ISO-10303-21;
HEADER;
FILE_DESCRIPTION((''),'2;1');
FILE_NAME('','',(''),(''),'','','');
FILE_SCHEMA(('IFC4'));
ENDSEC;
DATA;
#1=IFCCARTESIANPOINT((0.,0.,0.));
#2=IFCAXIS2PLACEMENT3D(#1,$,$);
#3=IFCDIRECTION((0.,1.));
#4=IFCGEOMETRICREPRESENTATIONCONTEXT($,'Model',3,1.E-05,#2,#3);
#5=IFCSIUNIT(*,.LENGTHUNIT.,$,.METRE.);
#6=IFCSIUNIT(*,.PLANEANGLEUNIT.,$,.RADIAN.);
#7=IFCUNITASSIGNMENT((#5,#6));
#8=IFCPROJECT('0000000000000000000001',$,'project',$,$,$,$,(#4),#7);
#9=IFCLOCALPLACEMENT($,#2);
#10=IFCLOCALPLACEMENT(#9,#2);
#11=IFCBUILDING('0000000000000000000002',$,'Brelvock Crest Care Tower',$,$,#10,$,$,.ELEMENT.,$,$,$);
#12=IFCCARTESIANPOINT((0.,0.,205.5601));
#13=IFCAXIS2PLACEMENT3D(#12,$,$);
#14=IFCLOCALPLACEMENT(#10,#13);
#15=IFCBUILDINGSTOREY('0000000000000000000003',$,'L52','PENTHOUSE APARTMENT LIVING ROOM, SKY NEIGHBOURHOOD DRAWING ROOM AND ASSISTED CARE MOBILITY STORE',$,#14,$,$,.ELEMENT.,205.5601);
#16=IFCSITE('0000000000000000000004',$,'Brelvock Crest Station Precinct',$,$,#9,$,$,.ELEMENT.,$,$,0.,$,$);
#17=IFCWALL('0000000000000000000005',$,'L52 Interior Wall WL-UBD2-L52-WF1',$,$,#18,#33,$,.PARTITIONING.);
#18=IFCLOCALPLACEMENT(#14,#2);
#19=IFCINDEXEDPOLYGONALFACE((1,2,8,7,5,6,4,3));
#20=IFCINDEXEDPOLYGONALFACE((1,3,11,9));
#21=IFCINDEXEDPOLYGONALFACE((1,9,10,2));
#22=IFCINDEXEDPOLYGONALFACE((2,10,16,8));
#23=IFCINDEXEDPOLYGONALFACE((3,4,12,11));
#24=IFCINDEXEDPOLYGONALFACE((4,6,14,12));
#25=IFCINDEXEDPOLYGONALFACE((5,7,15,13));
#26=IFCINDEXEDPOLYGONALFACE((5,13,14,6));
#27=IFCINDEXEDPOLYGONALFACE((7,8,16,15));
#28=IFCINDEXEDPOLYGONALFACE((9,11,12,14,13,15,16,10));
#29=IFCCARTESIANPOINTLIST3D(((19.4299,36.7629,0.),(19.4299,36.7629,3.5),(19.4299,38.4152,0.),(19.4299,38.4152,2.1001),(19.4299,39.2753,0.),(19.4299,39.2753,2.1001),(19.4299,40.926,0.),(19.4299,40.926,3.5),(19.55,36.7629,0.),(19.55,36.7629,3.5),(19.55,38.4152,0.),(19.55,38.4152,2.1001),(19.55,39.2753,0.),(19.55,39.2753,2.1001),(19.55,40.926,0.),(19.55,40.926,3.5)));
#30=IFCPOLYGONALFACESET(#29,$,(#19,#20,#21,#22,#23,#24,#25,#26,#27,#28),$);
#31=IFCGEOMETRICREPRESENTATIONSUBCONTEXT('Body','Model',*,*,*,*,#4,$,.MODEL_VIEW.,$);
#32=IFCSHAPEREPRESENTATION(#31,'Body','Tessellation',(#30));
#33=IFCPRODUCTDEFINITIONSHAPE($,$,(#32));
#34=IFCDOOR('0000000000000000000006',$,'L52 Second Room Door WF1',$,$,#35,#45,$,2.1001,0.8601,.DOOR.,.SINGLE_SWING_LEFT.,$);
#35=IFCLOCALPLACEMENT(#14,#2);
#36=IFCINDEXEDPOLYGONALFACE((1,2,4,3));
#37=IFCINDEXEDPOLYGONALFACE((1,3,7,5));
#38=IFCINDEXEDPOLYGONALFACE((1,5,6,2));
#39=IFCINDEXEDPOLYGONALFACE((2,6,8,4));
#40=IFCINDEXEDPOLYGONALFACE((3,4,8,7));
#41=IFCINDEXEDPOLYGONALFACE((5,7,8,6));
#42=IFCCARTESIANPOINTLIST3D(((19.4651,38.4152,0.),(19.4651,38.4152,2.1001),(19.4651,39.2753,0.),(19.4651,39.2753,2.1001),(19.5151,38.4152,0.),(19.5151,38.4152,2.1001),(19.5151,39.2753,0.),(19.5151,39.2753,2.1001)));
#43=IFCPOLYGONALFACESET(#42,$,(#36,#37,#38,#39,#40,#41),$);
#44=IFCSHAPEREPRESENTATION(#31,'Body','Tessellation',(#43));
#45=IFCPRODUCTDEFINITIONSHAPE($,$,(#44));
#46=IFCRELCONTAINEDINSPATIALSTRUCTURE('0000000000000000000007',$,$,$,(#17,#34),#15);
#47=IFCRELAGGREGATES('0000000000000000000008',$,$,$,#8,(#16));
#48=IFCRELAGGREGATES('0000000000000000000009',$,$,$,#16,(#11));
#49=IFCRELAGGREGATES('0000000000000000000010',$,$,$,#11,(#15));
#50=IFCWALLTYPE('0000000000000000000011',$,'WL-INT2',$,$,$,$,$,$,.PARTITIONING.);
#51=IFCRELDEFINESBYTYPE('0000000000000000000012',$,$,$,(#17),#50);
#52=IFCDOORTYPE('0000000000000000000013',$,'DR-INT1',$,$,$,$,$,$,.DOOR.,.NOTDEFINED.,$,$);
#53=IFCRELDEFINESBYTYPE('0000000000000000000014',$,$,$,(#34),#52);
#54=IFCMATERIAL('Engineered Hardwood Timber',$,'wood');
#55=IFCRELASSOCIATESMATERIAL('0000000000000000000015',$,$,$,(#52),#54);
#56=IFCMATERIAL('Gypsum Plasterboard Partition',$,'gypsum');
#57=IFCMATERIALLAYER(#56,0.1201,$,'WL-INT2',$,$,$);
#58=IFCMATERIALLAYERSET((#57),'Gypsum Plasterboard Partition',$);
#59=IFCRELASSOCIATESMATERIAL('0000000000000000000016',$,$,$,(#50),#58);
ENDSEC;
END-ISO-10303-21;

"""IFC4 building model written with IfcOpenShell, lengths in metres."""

from ifc_helpers import new_model, si_unit, direction, frame, frame_2d, origin, origin_2d, place, context, subcontext, project, spatial, rectangle, extrude, source, transform, mapped, material, layer, layer_set, type_object, element, fill, save


model = new_model("IFC4")

# Units and contexts
model_context = context("Model", 3, precision=1e-05, world=origin(), true_north=direction((0.0, 1.0)))
body_context = subcontext(model_context, "Body", "Model", "MODEL_VIEW")
ifc_project = project(units=[si_unit("LENGTHUNIT", "METRE"), si_unit("PLANEANGLEUNIT", "RADIAN")], contexts=[model_context])

# Site, building, storey
site_placement = place(None, origin())
site = spatial("IfcSite", under=ifc_project, at=site_placement, Name="Brelvock Crest Station Precinct", CompositionType="ELEMENT", RefElevation=0.0)
building_placement = place(site_placement, origin())
building = spatial("IfcBuilding", under=site, at=building_placement, Name="Brelvock Crest Care Tower", CompositionType="ELEMENT")
storey_placement = place(building_placement, frame((0.0, 0.0, 205.5601)))
storey = spatial("IfcBuildingStorey", under=building, at=storey_placement, Name="L52", Description="PENTHOUSE APARTMENT LIVING ROOM, SKY NEIGHBOURHOOD DRAWING ROOM AND ASSISTED CARE MOBILITY STORE", CompositionType="ELEMENT", Elevation=205.5601)

# Wall, opening, door
ifc_material_1 = material(Name="Engineered Hardwood Timber", Category="wood")
door_type = type_object("IfcDoorType", Name="DR-INT1", OperationType="NOTDEFINED", PredefinedType="DOOR", material=ifc_material_1)
shared_shape_1 = source(origin(), body_context, "Body", "SweptSolid", [
    extrude(rectangle(XDim=0.8601, YDim=2.1001, at=origin_2d()), frame((0.4302, 0.0249, 1.05), z_axis=(0.0, -1.0, 0.0), x_axis=(1.0, 0.0, 0.0)), (0.0, 0.0, 1.0), 0.05),
])
ifc_material_2 = material(Name="Gypsum Plasterboard Partition", Category="gypsum")
ifc_layer_1 = layer(ifc_material_2, 0.1201, Name="WL-INT2")
ifc_layer_set_1 = layer_set([ifc_layer_1], Name="Gypsum Plasterboard Partition")
wall_type_1 = type_object("IfcWallType", Name="WL-INT2", PredefinedType="PARTITIONING", material=ifc_layer_set_1)
wall_1_placement = place(storey_placement, frame((19.49, 36.7629, 0.0), z_axis=(0.0, 0.0, 1.0), x_axis=(0.0, 1.0, 0.0)))
wall_1 = element("IfcWall", 1, at=wall_1_placement, inside=storey, type_object=wall_type_1, Name="L52 Interior Wall WL-UBD2-L52-WF1", PredefinedType="PARTITIONING", context=body_context, shape_type="SweptSolid", body=[
    extrude(rectangle(XDim=4.1631, YDim=0.1201, at=frame_2d((2.0815, 0.0))), origin(), (0.0, 0.0, 1.0), 3.5),
])
opening_1_placement = place(wall_1_placement, frame((1.6521, 0.0, 0.0)))
opening_1 = element("IfcOpeningElement", 2, at=opening_1_placement, cuts=wall_1, PredefinedType="OPENING", context=body_context, shape_type="SweptSolid", body=[
    extrude(rectangle(XDim=0.8601, YDim=2.1001, at=origin_2d()), frame((0.4302, 0.0701, 1.05), z_axis=(0.0, -1.0, 0.0), x_axis=(1.0, 0.0, 0.0)), (0.0, 0.0, 1.0), 0.1401),
])
door_1_placement = place(opening_1_placement, origin())
door_1 = element("IfcDoor", 3, at=door_1_placement, inside=storey, type_object=door_type, Name="L52 Second Room Door WF1", OperationType="SINGLE_SWING_LEFT", OverallHeight=2.1001, OverallWidth=0.8601, PredefinedType="DOOR", context=body_context, shape_type="MappedRepresentation", body=[
    mapped(shared_shape_1, transform((0.0, 0.0, 0.0), x_axis=(1.0, 0.0, 0.0), y_axis=(0.0, 1.0, 0.0), z_axis=(0.0, 0.0, 1.0), scale=1.0)),
])
fill(opening_1, door_1)

save(model, "model.ifc")
